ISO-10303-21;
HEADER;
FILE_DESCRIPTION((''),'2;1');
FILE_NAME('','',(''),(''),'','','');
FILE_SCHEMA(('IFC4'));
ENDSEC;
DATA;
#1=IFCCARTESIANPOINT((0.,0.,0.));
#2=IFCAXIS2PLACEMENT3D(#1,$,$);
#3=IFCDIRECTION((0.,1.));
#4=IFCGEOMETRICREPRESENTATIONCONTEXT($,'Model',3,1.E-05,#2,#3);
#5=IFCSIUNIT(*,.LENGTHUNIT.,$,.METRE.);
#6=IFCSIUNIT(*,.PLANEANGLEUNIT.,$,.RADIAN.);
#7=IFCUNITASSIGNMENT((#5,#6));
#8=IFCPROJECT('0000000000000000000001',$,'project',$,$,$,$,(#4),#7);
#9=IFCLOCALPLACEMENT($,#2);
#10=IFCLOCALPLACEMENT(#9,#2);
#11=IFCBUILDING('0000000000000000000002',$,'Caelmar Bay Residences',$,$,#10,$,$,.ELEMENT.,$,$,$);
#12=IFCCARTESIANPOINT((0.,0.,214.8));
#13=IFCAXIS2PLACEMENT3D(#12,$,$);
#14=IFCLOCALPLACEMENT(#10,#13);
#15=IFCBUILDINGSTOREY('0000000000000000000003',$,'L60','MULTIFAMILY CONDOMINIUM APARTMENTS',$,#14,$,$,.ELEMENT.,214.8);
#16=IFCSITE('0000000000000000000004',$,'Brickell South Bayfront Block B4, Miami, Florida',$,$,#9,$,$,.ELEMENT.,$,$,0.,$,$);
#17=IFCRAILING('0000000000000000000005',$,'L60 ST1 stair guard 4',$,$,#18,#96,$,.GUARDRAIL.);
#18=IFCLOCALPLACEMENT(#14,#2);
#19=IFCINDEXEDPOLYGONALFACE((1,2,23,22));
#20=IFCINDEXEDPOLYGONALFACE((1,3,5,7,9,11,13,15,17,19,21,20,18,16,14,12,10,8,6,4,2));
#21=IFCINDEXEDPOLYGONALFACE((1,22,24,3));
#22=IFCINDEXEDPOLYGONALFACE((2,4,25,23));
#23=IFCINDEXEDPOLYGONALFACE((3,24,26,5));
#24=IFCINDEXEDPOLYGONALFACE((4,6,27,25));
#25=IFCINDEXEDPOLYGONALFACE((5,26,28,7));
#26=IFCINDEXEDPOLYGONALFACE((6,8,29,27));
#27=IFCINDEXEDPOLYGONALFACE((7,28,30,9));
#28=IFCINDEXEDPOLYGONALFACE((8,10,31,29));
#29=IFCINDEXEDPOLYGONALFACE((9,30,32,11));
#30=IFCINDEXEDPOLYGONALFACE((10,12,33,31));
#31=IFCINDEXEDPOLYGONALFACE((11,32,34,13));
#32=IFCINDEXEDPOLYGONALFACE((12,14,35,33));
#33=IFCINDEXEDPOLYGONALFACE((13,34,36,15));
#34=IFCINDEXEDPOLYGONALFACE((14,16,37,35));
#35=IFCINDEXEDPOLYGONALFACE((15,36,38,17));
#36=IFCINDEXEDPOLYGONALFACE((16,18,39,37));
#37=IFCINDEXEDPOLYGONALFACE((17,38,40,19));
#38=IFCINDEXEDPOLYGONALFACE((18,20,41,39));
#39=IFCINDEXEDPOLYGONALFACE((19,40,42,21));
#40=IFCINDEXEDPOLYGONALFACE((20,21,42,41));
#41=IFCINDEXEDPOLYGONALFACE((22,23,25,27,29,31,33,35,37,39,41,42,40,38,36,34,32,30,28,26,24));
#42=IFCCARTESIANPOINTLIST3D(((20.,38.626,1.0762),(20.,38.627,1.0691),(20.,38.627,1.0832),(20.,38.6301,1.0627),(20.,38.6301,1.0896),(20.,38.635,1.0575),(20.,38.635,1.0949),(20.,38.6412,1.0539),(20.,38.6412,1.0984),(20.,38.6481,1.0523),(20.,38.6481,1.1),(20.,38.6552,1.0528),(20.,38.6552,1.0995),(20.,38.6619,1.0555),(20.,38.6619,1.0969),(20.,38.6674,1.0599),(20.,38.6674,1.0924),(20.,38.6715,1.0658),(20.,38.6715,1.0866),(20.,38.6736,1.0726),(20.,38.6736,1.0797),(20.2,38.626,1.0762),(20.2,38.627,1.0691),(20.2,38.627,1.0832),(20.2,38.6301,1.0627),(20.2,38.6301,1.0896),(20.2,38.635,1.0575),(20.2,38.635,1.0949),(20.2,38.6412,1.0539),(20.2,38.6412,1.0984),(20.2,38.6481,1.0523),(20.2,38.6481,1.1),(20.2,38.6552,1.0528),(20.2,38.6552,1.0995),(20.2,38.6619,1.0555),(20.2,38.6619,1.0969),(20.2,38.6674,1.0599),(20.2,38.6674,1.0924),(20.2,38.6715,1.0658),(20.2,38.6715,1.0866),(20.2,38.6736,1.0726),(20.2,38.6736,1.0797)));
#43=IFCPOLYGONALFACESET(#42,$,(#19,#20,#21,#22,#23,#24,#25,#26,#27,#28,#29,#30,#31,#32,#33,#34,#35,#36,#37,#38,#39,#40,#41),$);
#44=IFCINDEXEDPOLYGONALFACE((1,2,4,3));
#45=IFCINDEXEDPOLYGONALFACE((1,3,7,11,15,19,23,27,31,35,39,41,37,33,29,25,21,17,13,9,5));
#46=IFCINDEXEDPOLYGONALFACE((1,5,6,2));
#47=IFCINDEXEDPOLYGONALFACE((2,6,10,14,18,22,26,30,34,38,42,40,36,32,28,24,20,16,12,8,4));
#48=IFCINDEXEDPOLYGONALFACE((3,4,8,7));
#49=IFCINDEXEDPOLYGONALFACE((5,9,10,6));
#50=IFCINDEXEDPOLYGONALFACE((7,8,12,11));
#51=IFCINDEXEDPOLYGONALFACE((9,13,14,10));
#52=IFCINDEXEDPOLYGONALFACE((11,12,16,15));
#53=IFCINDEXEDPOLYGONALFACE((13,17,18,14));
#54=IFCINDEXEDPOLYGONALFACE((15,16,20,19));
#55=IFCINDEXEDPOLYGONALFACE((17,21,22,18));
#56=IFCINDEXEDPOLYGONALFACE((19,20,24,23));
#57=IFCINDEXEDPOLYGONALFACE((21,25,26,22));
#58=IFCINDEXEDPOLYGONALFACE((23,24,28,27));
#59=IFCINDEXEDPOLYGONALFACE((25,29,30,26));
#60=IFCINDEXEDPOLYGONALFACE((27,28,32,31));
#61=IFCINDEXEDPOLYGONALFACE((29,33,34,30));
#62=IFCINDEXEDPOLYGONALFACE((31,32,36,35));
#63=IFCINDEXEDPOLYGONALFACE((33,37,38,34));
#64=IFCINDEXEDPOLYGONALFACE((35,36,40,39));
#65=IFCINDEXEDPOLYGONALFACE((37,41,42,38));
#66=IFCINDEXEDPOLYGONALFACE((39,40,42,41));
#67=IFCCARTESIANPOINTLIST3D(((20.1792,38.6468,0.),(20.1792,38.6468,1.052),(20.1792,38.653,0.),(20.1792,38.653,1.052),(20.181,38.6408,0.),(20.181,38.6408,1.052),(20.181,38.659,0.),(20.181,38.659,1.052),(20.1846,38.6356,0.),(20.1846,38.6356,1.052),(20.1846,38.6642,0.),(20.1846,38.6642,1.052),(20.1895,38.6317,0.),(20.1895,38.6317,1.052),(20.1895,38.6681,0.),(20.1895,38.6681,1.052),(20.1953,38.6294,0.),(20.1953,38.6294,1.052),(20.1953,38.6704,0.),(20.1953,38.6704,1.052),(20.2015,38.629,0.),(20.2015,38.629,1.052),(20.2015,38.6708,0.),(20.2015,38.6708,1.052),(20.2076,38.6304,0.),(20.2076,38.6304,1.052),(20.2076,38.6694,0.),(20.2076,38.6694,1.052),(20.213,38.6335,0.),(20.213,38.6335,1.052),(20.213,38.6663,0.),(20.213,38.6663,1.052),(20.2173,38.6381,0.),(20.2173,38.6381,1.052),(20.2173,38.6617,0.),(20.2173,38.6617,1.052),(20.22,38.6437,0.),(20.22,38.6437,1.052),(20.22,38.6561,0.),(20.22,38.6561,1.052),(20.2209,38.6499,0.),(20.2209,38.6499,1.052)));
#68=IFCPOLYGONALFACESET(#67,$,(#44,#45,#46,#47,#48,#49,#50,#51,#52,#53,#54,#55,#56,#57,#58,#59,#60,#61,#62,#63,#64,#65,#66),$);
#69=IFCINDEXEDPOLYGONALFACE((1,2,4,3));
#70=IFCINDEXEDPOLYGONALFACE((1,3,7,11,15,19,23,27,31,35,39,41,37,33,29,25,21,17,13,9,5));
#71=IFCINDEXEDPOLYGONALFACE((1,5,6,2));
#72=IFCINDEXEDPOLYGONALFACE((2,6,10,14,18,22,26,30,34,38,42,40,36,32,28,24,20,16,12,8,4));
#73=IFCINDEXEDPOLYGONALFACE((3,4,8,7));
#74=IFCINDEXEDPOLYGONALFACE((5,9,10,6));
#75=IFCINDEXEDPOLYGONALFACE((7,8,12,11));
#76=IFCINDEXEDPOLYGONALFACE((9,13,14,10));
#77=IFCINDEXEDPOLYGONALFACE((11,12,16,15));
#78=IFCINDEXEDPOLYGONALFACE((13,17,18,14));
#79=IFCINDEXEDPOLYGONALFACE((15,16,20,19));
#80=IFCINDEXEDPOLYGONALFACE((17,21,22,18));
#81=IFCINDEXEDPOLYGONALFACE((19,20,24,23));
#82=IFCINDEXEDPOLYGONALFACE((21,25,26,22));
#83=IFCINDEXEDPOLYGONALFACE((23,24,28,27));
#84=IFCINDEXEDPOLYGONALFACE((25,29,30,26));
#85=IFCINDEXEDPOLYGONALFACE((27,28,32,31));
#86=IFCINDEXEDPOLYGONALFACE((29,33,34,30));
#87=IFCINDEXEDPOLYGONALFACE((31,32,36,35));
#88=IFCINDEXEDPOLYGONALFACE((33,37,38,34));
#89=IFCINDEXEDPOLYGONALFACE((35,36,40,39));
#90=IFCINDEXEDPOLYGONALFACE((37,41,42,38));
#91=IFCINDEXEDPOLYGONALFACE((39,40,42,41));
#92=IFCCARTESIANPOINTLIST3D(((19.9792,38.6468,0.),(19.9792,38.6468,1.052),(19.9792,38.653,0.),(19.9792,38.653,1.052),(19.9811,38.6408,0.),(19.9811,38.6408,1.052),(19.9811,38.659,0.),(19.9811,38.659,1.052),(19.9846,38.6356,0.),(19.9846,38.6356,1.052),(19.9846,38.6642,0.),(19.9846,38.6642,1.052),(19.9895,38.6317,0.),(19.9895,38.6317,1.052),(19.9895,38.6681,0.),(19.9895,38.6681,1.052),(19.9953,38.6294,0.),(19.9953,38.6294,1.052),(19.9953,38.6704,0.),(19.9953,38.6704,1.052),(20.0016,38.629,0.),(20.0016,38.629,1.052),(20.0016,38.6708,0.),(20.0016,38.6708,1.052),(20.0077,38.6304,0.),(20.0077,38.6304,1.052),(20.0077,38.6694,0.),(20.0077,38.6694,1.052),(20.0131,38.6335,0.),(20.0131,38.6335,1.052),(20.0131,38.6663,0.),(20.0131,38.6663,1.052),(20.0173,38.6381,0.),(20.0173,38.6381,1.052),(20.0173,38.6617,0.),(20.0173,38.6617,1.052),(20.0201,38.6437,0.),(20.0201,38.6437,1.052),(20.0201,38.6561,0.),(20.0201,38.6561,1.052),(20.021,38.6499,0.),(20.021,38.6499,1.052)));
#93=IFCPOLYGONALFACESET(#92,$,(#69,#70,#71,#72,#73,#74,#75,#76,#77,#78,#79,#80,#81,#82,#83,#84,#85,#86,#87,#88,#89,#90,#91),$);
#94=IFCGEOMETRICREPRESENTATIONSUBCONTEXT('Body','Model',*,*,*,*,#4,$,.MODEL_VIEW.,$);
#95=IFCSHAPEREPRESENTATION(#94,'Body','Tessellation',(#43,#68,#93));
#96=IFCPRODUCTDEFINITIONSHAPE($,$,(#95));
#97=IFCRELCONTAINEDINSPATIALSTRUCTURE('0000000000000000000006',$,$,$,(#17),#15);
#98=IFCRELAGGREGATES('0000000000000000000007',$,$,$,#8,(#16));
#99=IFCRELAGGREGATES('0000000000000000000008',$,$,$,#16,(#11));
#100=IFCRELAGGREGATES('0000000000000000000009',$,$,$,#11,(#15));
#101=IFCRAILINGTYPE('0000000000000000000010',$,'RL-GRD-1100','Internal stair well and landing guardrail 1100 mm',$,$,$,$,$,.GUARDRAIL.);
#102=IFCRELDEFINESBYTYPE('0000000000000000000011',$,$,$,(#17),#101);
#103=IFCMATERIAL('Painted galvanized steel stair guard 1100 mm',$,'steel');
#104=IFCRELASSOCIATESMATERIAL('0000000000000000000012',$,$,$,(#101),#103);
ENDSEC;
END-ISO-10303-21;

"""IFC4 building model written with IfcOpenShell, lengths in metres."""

from ifc_helpers import new_model, si_unit, direction, frame, origin, origin_2d, place, context, subcontext, project, spatial, circle, extrude, material, type_object, element, save


model = new_model("IFC4")

# Units and contexts
model_context = context("Model", 3, precision=1e-05, world=origin(), true_north=direction((0.0, 1.0)))
body_context = subcontext(model_context, "Body", "Model", "MODEL_VIEW")
ifc_project = project(units=[si_unit("LENGTHUNIT", "METRE"), si_unit("PLANEANGLEUNIT", "RADIAN")], contexts=[model_context])

# Site, building, storey
site_placement = place(None, origin())
site = spatial("IfcSite", under=ifc_project, at=site_placement, Name="Brickell South Bayfront Block B4, Miami, Florida", CompositionType="ELEMENT", RefElevation=0.0)
building_placement = place(site_placement, origin())
building = spatial("IfcBuilding", under=site, at=building_placement, Name="Caelmar Bay Residences", CompositionType="ELEMENT")
storey_placement = place(building_placement, frame((0.0, 0.0, 214.8)))
storey = spatial("IfcBuildingStorey", under=building, at=storey_placement, Name="L60", Description="MULTIFAMILY CONDOMINIUM APARTMENTS", CompositionType="ELEMENT", Elevation=214.8)

# Railing
ifc_material_1 = material(Name="Painted galvanized steel stair guard 1100 mm", Category="steel")
railing_type_1 = type_object("IfcRailingType", Name="RL-GRD-1100", Description="Internal stair well and landing guardrail 1100 mm", PredefinedType="GUARDRAIL", material=ifc_material_1)
railing_1_placement = place(storey_placement, frame((20.2, 38.6499, 0.0)))
element("IfcRailing", 1, at=railing_1_placement, inside=storey, type_object=railing_type_1, Name="L60 ST1 stair guard 4", PredefinedType="GUARDRAIL", context=body_context, shape_type="SweptSolid", body=[
    extrude(circle(Radius=0.0239, at=origin_2d()), frame((0.0, 0.0, 1.0762), z_axis=(-1.0, 0.0, 0.0), x_axis=(0.0, -1.0, 0.0)), (0.0, 0.0, 1.0), 0.2),
    extrude(circle(Radius=0.021, at=origin_2d()), origin(), (0.0, 0.0, 1.0), 1.052),
    extrude(circle(Radius=0.021, at=origin_2d()), frame((-0.2, 0.0, 0.0)), (0.0, 0.0, 1.0), 1.052),
])

save(model, "model.ifc")
